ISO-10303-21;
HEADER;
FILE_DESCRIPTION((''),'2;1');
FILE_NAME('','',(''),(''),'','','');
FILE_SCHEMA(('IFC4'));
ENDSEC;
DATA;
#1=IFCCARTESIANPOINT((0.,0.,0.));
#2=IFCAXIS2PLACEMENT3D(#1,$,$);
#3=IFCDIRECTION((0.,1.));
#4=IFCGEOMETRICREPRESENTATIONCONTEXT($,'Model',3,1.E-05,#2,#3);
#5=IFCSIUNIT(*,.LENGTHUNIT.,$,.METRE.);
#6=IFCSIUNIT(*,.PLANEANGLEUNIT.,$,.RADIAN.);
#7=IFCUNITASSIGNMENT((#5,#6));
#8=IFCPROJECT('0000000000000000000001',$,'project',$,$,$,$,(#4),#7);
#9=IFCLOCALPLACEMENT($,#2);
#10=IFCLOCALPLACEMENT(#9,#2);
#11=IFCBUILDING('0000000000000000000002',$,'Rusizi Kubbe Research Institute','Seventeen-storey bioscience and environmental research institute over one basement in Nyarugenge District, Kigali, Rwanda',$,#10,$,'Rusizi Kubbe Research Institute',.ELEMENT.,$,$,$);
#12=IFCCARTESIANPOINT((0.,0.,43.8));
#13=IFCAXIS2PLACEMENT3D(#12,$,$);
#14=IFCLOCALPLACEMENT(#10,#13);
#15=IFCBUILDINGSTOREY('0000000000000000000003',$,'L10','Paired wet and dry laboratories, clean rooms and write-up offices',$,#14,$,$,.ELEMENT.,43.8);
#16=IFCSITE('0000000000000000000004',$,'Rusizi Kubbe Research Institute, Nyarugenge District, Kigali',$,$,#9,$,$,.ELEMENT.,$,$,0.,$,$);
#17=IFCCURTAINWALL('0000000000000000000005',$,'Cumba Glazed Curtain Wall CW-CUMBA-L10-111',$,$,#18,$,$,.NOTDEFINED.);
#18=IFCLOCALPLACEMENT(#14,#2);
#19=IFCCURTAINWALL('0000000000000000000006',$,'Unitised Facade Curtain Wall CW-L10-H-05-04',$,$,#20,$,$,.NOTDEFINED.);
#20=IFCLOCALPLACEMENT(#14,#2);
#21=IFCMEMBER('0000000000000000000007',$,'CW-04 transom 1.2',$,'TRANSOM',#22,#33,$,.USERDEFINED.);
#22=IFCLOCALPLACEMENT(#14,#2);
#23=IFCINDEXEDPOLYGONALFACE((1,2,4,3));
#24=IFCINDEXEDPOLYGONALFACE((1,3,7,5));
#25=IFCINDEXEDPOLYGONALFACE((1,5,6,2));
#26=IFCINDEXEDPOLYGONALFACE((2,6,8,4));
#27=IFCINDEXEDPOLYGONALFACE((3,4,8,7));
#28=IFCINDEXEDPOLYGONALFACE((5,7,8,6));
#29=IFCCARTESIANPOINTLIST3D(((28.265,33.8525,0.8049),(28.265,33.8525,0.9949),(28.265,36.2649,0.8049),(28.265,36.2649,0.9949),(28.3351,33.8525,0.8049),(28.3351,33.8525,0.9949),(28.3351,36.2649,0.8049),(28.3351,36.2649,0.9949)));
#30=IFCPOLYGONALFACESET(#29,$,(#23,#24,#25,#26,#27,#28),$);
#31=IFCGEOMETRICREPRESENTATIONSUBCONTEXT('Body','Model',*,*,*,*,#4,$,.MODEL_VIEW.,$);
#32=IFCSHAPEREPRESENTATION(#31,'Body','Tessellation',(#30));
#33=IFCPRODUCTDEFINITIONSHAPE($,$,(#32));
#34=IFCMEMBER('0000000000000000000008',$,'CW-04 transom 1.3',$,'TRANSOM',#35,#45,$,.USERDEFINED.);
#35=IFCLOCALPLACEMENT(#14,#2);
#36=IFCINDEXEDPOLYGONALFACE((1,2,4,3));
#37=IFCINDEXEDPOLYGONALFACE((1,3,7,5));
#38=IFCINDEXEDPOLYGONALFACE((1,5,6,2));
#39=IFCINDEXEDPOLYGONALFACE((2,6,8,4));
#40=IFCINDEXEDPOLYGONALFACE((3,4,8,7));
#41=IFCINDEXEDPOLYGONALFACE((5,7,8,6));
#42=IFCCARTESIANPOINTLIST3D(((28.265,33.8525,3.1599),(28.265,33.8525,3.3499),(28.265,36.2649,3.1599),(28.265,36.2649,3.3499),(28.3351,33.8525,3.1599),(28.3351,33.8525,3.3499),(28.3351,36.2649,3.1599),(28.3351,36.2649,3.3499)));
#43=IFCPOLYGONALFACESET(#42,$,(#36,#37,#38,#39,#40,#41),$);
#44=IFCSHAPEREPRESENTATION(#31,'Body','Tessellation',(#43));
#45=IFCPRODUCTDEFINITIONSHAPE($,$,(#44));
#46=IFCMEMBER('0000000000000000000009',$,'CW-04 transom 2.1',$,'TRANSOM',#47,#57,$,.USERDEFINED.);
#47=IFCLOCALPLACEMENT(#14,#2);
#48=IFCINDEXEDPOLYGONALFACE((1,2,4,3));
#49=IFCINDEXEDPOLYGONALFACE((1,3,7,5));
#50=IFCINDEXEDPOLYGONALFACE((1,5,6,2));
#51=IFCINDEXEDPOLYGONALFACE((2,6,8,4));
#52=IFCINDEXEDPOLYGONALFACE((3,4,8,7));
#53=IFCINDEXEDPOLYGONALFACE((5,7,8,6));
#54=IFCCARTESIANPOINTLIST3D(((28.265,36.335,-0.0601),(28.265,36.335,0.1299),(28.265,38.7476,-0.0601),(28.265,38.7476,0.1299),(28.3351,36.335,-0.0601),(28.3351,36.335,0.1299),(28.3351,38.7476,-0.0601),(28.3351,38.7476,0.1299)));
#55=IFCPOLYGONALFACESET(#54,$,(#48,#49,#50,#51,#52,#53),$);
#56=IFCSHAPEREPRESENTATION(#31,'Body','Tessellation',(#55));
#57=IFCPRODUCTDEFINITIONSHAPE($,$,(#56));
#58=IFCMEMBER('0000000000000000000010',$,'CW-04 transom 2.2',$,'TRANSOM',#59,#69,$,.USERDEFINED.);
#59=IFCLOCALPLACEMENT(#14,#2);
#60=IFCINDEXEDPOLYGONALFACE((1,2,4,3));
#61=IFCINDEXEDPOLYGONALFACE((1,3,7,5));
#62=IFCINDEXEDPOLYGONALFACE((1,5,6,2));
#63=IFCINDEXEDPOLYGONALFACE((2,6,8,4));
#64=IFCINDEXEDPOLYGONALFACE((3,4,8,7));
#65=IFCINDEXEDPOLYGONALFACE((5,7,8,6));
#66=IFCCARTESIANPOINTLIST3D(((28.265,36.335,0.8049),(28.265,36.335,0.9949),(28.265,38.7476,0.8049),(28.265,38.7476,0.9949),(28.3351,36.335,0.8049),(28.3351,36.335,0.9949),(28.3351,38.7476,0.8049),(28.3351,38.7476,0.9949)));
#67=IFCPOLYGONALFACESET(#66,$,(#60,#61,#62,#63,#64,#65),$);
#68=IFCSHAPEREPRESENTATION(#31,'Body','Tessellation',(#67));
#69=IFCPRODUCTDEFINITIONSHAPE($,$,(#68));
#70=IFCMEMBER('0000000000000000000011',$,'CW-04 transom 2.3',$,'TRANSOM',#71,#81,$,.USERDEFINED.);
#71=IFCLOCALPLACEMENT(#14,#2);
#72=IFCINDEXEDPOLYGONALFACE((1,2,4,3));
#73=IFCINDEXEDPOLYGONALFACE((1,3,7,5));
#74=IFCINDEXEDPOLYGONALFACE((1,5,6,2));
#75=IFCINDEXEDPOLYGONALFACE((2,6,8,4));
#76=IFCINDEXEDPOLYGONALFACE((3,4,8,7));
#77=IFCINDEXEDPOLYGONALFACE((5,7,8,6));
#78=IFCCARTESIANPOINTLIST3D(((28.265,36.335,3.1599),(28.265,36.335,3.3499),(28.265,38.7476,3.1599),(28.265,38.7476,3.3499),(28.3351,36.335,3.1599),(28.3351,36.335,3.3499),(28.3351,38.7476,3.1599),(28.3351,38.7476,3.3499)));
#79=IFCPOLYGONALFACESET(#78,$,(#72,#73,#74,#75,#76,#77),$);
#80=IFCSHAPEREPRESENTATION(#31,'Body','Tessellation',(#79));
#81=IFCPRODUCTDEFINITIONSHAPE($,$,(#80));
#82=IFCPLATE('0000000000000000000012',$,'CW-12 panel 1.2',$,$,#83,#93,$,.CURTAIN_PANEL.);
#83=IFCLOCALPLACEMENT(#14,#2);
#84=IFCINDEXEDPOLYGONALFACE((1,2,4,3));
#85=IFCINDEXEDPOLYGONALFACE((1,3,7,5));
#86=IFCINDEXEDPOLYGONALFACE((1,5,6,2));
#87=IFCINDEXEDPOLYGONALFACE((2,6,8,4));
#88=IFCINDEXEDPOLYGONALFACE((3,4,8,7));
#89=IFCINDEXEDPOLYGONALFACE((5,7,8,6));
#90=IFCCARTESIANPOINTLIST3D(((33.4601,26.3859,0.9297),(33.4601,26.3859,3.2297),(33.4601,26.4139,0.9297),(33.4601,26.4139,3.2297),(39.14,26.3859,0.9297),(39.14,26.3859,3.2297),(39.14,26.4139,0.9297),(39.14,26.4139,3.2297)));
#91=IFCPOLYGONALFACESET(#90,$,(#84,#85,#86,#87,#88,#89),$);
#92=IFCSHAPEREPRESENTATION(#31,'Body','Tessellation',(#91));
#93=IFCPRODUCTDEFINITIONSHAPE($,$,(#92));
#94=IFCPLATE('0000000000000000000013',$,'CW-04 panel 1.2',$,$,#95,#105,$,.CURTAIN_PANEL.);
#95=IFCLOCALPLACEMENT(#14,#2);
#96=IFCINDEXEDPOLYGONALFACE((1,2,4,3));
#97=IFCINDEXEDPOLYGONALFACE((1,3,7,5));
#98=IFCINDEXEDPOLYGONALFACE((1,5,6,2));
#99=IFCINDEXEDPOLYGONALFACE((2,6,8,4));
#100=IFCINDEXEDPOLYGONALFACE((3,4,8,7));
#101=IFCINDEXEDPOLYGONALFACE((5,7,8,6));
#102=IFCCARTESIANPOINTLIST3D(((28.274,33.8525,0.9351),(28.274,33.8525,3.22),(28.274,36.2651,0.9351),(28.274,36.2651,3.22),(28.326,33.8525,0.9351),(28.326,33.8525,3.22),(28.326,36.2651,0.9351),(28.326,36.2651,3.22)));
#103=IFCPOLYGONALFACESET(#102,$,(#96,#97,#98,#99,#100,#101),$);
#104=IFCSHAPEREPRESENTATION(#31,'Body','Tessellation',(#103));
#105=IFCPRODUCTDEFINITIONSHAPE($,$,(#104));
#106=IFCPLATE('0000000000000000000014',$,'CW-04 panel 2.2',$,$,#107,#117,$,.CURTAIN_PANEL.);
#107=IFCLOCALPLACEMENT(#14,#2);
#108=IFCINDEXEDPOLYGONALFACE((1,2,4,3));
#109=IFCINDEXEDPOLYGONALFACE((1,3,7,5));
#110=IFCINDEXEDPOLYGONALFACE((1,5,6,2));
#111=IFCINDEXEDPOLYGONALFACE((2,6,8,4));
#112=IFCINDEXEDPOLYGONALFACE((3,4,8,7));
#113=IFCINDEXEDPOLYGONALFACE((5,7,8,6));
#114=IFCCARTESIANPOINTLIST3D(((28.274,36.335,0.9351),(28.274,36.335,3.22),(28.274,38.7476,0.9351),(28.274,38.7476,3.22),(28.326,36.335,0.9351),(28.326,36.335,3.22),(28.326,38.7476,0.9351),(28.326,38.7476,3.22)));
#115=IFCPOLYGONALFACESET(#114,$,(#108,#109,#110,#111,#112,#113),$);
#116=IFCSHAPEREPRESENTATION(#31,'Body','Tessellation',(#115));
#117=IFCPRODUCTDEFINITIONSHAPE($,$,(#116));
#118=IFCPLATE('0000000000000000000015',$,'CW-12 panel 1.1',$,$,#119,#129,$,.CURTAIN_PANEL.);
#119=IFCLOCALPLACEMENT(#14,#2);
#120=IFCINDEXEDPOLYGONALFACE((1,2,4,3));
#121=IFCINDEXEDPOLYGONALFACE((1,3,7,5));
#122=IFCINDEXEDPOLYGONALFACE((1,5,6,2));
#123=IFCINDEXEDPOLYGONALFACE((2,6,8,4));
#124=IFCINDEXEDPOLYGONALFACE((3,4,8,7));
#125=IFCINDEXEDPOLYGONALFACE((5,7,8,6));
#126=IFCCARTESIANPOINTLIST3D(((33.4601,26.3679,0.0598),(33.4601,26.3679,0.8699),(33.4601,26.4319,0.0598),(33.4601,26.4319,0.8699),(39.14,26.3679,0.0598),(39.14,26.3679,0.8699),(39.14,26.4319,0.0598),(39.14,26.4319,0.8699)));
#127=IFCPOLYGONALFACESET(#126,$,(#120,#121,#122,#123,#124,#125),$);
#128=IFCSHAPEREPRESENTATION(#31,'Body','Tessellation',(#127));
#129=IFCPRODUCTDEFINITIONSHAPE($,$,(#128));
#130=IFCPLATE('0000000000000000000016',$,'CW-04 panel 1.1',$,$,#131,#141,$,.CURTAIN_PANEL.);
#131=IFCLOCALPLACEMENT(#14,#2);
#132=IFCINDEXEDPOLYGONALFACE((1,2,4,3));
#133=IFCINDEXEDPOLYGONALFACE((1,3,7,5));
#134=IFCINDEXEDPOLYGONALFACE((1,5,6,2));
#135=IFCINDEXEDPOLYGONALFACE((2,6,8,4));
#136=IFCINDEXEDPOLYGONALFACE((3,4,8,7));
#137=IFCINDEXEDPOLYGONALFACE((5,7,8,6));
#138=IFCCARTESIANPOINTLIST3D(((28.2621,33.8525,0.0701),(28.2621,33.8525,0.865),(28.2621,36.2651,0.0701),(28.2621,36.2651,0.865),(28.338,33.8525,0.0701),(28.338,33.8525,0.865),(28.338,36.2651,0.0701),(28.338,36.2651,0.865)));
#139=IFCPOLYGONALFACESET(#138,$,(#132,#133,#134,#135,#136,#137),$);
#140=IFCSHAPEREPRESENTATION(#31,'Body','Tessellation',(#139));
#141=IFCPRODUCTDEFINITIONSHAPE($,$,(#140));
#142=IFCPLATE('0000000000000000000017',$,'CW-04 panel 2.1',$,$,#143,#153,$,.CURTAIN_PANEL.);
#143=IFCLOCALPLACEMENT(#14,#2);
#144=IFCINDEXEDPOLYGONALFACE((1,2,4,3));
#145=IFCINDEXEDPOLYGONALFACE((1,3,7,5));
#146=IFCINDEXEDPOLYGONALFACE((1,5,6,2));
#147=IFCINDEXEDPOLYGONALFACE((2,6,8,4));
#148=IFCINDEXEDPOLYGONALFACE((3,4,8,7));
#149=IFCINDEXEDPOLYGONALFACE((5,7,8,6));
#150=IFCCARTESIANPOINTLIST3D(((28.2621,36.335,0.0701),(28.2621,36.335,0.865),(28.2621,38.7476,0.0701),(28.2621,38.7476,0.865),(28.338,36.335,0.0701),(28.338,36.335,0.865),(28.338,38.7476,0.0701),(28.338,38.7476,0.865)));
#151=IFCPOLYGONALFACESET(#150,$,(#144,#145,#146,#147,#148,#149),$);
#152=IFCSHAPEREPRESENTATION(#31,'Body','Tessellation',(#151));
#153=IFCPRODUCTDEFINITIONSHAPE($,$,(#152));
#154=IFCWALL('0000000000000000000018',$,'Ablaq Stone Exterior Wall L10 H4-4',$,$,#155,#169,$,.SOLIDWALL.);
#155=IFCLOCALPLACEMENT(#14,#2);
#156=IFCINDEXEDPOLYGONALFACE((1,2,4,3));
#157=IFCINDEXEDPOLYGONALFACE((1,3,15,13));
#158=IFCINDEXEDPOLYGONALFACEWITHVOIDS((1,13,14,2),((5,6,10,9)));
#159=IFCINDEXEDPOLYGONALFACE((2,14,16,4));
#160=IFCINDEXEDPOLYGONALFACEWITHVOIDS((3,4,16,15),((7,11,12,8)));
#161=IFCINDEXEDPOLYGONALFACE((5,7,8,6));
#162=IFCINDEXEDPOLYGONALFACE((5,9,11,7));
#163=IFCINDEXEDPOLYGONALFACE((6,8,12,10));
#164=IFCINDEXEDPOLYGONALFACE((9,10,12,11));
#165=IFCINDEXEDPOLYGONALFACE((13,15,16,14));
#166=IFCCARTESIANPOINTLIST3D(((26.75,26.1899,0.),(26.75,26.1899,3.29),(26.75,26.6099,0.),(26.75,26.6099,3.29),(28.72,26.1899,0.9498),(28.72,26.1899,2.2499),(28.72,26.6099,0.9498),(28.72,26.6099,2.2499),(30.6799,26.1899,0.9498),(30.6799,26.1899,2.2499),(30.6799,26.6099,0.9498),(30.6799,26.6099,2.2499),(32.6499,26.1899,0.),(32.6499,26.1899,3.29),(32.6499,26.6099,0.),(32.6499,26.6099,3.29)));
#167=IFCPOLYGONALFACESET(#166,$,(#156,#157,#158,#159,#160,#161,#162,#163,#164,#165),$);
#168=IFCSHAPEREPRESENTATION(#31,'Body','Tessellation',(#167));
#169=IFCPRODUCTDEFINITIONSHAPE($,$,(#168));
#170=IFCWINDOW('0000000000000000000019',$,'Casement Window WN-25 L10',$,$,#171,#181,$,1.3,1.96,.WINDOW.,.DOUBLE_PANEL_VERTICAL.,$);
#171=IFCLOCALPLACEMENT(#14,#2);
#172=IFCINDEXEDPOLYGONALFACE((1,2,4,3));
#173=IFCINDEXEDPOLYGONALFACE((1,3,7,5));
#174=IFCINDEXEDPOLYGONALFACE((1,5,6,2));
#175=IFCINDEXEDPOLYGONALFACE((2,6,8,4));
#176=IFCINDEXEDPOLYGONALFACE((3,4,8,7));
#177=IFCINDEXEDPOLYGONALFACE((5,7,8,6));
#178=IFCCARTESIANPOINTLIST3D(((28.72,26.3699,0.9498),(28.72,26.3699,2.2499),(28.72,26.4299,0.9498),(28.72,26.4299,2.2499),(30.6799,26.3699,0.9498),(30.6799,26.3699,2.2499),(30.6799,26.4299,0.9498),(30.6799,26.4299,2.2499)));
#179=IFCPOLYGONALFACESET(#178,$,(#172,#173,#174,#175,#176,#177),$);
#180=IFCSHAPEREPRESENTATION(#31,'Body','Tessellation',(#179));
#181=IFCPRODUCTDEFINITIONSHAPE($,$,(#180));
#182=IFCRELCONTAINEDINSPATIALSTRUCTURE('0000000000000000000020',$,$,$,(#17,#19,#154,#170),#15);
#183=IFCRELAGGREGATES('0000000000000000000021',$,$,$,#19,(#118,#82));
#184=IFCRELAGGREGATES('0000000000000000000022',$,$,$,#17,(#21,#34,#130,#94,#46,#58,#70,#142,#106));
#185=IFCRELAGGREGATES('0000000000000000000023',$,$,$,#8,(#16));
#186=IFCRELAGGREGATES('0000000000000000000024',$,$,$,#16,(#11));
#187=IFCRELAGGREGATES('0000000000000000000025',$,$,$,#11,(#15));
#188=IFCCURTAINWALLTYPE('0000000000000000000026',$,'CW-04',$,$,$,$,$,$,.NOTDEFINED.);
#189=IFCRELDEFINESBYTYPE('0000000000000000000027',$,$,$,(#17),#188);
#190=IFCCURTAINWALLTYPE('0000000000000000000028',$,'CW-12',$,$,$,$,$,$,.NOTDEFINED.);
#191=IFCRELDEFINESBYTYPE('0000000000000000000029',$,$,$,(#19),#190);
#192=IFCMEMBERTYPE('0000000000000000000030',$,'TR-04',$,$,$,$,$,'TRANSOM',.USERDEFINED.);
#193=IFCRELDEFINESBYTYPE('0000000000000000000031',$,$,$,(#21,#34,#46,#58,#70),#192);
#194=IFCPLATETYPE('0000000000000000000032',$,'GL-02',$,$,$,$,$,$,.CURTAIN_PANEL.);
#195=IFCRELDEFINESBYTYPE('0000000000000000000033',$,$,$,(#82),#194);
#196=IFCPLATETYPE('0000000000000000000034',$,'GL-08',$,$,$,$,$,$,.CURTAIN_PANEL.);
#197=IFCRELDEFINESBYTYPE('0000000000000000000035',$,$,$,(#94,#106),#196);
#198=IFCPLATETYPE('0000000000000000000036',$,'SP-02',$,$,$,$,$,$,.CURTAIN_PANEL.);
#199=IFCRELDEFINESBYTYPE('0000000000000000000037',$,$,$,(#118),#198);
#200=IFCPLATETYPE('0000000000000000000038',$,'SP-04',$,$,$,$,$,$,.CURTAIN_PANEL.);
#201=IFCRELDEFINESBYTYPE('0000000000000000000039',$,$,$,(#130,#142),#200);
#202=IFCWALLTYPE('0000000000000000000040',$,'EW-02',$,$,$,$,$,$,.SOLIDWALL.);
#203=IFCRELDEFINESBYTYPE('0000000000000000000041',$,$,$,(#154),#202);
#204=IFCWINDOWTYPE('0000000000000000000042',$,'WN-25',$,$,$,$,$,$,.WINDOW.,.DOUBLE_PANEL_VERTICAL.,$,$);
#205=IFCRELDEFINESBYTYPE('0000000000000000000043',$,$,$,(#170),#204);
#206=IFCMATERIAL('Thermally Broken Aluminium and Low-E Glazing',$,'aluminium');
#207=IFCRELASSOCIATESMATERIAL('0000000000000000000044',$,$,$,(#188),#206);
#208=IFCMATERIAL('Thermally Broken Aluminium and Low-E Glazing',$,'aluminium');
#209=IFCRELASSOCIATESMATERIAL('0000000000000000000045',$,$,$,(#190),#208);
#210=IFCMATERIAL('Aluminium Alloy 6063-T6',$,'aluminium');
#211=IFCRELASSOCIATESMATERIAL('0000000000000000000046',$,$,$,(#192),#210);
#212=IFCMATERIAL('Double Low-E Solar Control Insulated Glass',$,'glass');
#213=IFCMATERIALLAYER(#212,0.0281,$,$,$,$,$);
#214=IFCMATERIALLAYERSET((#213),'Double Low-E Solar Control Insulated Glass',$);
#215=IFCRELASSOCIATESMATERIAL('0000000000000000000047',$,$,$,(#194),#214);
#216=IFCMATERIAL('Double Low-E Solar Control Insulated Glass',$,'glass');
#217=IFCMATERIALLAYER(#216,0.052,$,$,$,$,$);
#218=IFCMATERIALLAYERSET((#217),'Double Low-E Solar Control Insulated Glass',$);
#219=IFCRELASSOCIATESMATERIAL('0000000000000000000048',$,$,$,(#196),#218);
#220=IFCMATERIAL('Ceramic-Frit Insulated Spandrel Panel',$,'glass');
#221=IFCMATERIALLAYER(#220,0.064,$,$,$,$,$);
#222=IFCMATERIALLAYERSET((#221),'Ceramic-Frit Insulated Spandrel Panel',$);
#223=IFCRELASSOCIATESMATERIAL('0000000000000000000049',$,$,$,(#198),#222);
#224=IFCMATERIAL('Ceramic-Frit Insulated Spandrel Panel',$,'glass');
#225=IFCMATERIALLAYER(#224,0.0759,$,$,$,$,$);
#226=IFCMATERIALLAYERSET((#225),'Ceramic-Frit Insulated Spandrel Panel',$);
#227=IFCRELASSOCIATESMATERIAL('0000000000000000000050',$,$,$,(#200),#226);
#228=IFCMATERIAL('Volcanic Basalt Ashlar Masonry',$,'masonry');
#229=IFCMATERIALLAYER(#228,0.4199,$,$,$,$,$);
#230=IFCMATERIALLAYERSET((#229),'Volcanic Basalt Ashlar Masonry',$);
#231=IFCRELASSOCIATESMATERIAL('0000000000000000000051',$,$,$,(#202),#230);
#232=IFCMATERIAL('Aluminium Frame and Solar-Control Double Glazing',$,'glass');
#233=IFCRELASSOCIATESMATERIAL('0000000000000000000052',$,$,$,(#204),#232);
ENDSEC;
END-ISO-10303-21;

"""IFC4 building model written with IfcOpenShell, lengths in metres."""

from ifc_helpers import new_model, si_unit, direction, frame, frame_2d, origin, origin_2d, place, context, subcontext, project, spatial, rectangle, extrude, material, layer, layer_set, material_profile, profile_set, type_object, element, fill, aggregate, save


model = new_model("IFC4")

# Units and contexts
model_context = context("Model", 3, precision=1e-05, world=origin(), true_north=direction((0.0, 1.0)))
body_context = subcontext(model_context, "Body", "Model", "MODEL_VIEW")
ifc_project = project(units=[si_unit("LENGTHUNIT", "METRE"), si_unit("PLANEANGLEUNIT", "RADIAN")], contexts=[model_context])

# Site, building, storey
site_placement = place(None, origin())
site = spatial("IfcSite", under=ifc_project, at=site_placement, Name="Rusizi Kubbe Research Institute, Nyarugenge District, Kigali", CompositionType="ELEMENT", RefElevation=0.0)
building_placement = place(site_placement, origin())
building = spatial("IfcBuilding", under=site, at=building_placement, Name="Rusizi Kubbe Research Institute", Description="Seventeen-storey bioscience and environmental research institute over one basement in Nyarugenge District, Kigali, Rwanda", LongName="Rusizi Kubbe Research Institute", CompositionType="ELEMENT")
storey_placement = place(building_placement, frame((0.0, 0.0, 43.8)))
storey = spatial("IfcBuildingStorey", under=building, at=storey_placement, Name="L10", Description="Paired wet and dry laboratories, clean rooms and write-up offices", CompositionType="ELEMENT", Elevation=43.8)

# Curtain walls
ifc_material_1 = material(Name="Thermally Broken Aluminium and Low-E Glazing", Category="aluminium")
curtain_wall_type_1 = type_object("IfcCurtainWallType", Name="CW-04", PredefinedType="NOTDEFINED", material=ifc_material_1)
curtain_wall_1_placement = place(storey_placement, origin())
curtain_wall_1 = element("IfcCurtainWall", 1, at=curtain_wall_1_placement, inside=storey, type_object=curtain_wall_type_1, Name="Cumba Glazed Curtain Wall CW-CUMBA-L10-111", PredefinedType="NOTDEFINED")
ifc_material_2 = material(Name="Thermally Broken Aluminium and Low-E Glazing", Category="aluminium")
curtain_wall_type_2 = type_object("IfcCurtainWallType", Name="CW-12", PredefinedType="NOTDEFINED", material=ifc_material_2)
curtain_wall_2_placement = place(storey_placement, origin())
curtain_wall_2 = element("IfcCurtainWall", 2, at=curtain_wall_2_placement, inside=storey, type_object=curtain_wall_type_2, Name="Unitised Facade Curtain Wall CW-L10-H-05-04", PredefinedType="NOTDEFINED")

# Members
ifc_material_3 = material(Name="Aluminium Alloy 6063-T6", Category="aluminium")
ifc_material_profile_1 = material_profile(ifc_material_3, rectangle(XDim=0.0701, YDim=0.1899, at=origin_2d()), Name="ALU-T 70x190")
ifc_profile_set_1 = profile_set([ifc_material_profile_1], Name="Aluminium Alloy 6063-T6")
member_type_1 = type_object("IfcMemberType", Name="TR-04", ElementType="TRANSOM", PredefinedType="USERDEFINED", material=ifc_profile_set_1)
member_1_placement = place(storey_placement, frame((28.3, 33.8525, 0.8999), z_axis=(0.0, 1.0, 0.0), x_axis=(-1.0, 0.0, 0.0)))
member_1 = element("IfcMember", 3, at=member_1_placement, type_object=member_type_1, Name="CW-04 transom 1.2", ObjectType="TRANSOM", PredefinedType="USERDEFINED", context=body_context, shape_type="SweptSolid", body=[
    extrude(rectangle(XDim=0.0701, YDim=0.1899, at=origin_2d()), origin(), (0.0, 0.0, 1.0), 2.4124),
])
member_2_placement = place(storey_placement, frame((28.3, 33.8525, 3.2549), z_axis=(0.0, 1.0, 0.0), x_axis=(-1.0, 0.0, 0.0)))
member_2 = element("IfcMember", 4, at=member_2_placement, type_object=member_type_1, Name="CW-04 transom 1.3", ObjectType="TRANSOM", PredefinedType="USERDEFINED", context=body_context, shape_type="SweptSolid", body=[
    extrude(rectangle(XDim=0.0701, YDim=0.1899, at=origin_2d()), origin(), (0.0, 0.0, 1.0), 2.4124),
])
member_3_placement = place(storey_placement, frame((28.3, 36.335, 0.0349), z_axis=(0.0, 1.0, 0.0), x_axis=(-1.0, 0.0, 0.0)))
member_3 = element("IfcMember", 5, at=member_3_placement, type_object=member_type_1, Name="CW-04 transom 2.1", ObjectType="TRANSOM", PredefinedType="USERDEFINED", context=body_context, shape_type="SweptSolid", body=[
    extrude(rectangle(XDim=0.0701, YDim=0.1899, at=origin_2d()), origin(), (0.0, 0.0, 1.0), 2.4126),
])
member_4_placement = place(storey_placement, frame((28.3, 36.335, 0.8999), z_axis=(0.0, 1.0, 0.0), x_axis=(-1.0, 0.0, 0.0)))
member_4 = element("IfcMember", 6, at=member_4_placement, type_object=member_type_1, Name="CW-04 transom 2.2", ObjectType="TRANSOM", PredefinedType="USERDEFINED", context=body_context, shape_type="SweptSolid", body=[
    extrude(rectangle(XDim=0.0701, YDim=0.1899, at=origin_2d()), origin(), (0.0, 0.0, 1.0), 2.4126),
])
member_5_placement = place(storey_placement, frame((28.3, 36.335, 3.2549), z_axis=(0.0, 1.0, 0.0), x_axis=(-1.0, 0.0, 0.0)))
member_5 = element("IfcMember", 7, at=member_5_placement, type_object=member_type_1, Name="CW-04 transom 2.3", ObjectType="TRANSOM", PredefinedType="USERDEFINED", context=body_context, shape_type="SweptSolid", body=[
    extrude(rectangle(XDim=0.0701, YDim=0.1899, at=origin_2d()), origin(), (0.0, 0.0, 1.0), 2.4126),
])

# Plates
ifc_material_4 = material(Name="Double Low-E Solar Control Insulated Glass", Category="glass")
ifc_layer_1 = layer(ifc_material_4, 0.0281)
ifc_layer_set_1 = layer_set([ifc_layer_1], Name="Double Low-E Solar Control Insulated Glass")
plate_type_1 = type_object("IfcPlateType", Name="GL-02", PredefinedType="CURTAIN_PANEL", material=ifc_layer_set_1)
plate_1_placement = place(storey_placement, frame((36.3, 26.3999, 0.9297), z_axis=(0.0, 0.0, 1.0), x_axis=(1.0, 0.0, 0.0)))
plate_1 = element("IfcPlate", 8, at=plate_1_placement, type_object=plate_type_1, Name="CW-12 panel 1.2", PredefinedType="CURTAIN_PANEL", context=body_context, shape_type="SweptSolid", body=[
    extrude(rectangle(XDim=5.6799, YDim=0.0281, at=origin_2d()), origin(), (0.0, 0.0, 1.0), 2.3),
])
ifc_material_5 = material(Name="Double Low-E Solar Control Insulated Glass", Category="glass")
ifc_layer_2 = layer(ifc_material_5, 0.052)
ifc_layer_set_2 = layer_set([ifc_layer_2], Name="Double Low-E Solar Control Insulated Glass")
plate_type_2 = type_object("IfcPlateType", Name="GL-08", PredefinedType="CURTAIN_PANEL", material=ifc_layer_set_2)
plate_2_placement = place(storey_placement, frame((28.3, 35.0588, 0.9351), z_axis=(0.0, 0.0, 1.0), x_axis=(0.0, 1.0, 0.0)))
plate_2 = element("IfcPlate", 9, at=plate_2_placement, type_object=plate_type_2, Name="CW-04 panel 1.2", PredefinedType="CURTAIN_PANEL", context=body_context, shape_type="SweptSolid", body=[
    extrude(rectangle(XDim=2.4126, YDim=0.052, at=origin_2d()), origin(), (0.0, 0.0, 1.0), 2.2849),
])
plate_3_placement = place(storey_placement, frame((28.3, 37.5413, 0.9351), z_axis=(0.0, 0.0, 1.0), x_axis=(0.0, 1.0, 0.0)))
plate_3 = element("IfcPlate", 10, at=plate_3_placement, type_object=plate_type_2, Name="CW-04 panel 2.2", PredefinedType="CURTAIN_PANEL", context=body_context, shape_type="SweptSolid", body=[
    extrude(rectangle(XDim=2.4126, YDim=0.052, at=origin_2d()), origin(), (0.0, 0.0, 1.0), 2.2849),
])
ifc_material_6 = material(Name="Ceramic-Frit Insulated Spandrel Panel", Category="glass")
ifc_layer_3 = layer(ifc_material_6, 0.064)
ifc_layer_set_3 = layer_set([ifc_layer_3], Name="Ceramic-Frit Insulated Spandrel Panel")
plate_type_3 = type_object("IfcPlateType", Name="SP-02", PredefinedType="CURTAIN_PANEL", material=ifc_layer_set_3)
plate_4_placement = place(storey_placement, frame((36.3, 26.3999, 0.0598), z_axis=(0.0, 0.0, 1.0), x_axis=(1.0, 0.0, 0.0)))
plate_4 = element("IfcPlate", 11, at=plate_4_placement, type_object=plate_type_3, Name="CW-12 panel 1.1", PredefinedType="CURTAIN_PANEL", context=body_context, shape_type="SweptSolid", body=[
    extrude(rectangle(XDim=5.6799, YDim=0.064, at=origin_2d()), origin(), (0.0, 0.0, 1.0), 0.8101),
])
aggregate(curtain_wall_2, [plate_4, plate_1])
ifc_material_7 = material(Name="Ceramic-Frit Insulated Spandrel Panel", Category="glass")
ifc_layer_4 = layer(ifc_material_7, 0.0759)
ifc_layer_set_4 = layer_set([ifc_layer_4], Name="Ceramic-Frit Insulated Spandrel Panel")
plate_type_4 = type_object("IfcPlateType", Name="SP-04", PredefinedType="CURTAIN_PANEL", material=ifc_layer_set_4)
plate_5_placement = place(storey_placement, frame((28.3, 35.0588, 0.0701), z_axis=(0.0, 0.0, 1.0), x_axis=(0.0, 1.0, 0.0)))
plate_5 = element("IfcPlate", 12, at=plate_5_placement, type_object=plate_type_4, Name="CW-04 panel 1.1", PredefinedType="CURTAIN_PANEL", context=body_context, shape_type="SweptSolid", body=[
    extrude(rectangle(XDim=2.4126, YDim=0.0759, at=origin_2d()), origin(), (0.0, 0.0, 1.0), 0.7949),
])
plate_6_placement = place(storey_placement, frame((28.3, 37.5413, 0.0701), z_axis=(0.0, 0.0, 1.0), x_axis=(0.0, 1.0, 0.0)))
plate_6 = element("IfcPlate", 13, at=plate_6_placement, type_object=plate_type_4, Name="CW-04 panel 2.1", PredefinedType="CURTAIN_PANEL", context=body_context, shape_type="SweptSolid", body=[
    extrude(rectangle(XDim=2.4126, YDim=0.0759, at=origin_2d()), origin(), (0.0, 0.0, 1.0), 0.7949),
])
aggregate(curtain_wall_1, [member_1, member_2, plate_5, plate_2, member_3, member_4, member_5, plate_6, plate_3])

# Wall, opening, window
ifc_material_8 = material(Name="Volcanic Basalt Ashlar Masonry", Category="masonry")
ifc_layer_5 = layer(ifc_material_8, 0.4199)
ifc_layer_set_5 = layer_set([ifc_layer_5], Name="Volcanic Basalt Ashlar Masonry")
wall_type = type_object("IfcWallType", Name="EW-02", PredefinedType="SOLIDWALL", material=ifc_layer_set_5)
wall_placement = place(storey_placement, frame((26.75, 26.3999, 0.0), z_axis=(0.0, 0.0, 1.0), x_axis=(1.0, 0.0, 0.0)))
wall = element("IfcWall", 14, at=wall_placement, inside=storey, type_object=wall_type, Name="Ablaq Stone Exterior Wall L10 H4-4", PredefinedType="SOLIDWALL", context=body_context, shape_type="SweptSolid", body=[
    extrude(rectangle(XDim=5.8999, YDim=0.4199, at=frame_2d((2.95, 0.0))), origin(), (0.0, 0.0, 1.0), 3.29),
])
opening_placement = place(wall_placement, frame((1.97, 0.0, 0.95)))
opening = element("IfcOpeningElement", 15, at=opening_placement, cuts=wall, PredefinedType="OPENING", context=body_context, shape_type="SweptSolid", body=[
    extrude(rectangle(XDim=1.96, YDim=1.3, at=frame_2d((0.98, 0.6499))), frame((0.0, 0.22, 0.0), z_axis=(0.0, -1.0, 0.0), x_axis=(1.0, 0.0, 0.0)), (0.0, 0.0, 1.0), 0.4399),
])
ifc_material_9 = material(Name="Aluminium Frame and Solar-Control Double Glazing", Category="glass")
window_type = type_object("IfcWindowType", Name="WN-25", PartitioningType="DOUBLE_PANEL_VERTICAL", PredefinedType="WINDOW", material=ifc_material_9)
window_placement = place(opening_placement, origin())
window = element("IfcWindow", 16, at=window_placement, inside=storey, type_object=window_type, Name="Casement Window WN-25 L10", OverallHeight=1.3, OverallWidth=1.96, PartitioningType="DOUBLE_PANEL_VERTICAL", PredefinedType="WINDOW", context=body_context, shape_type="SweptSolid", body=[
    extrude(rectangle(XDim=1.96, YDim=1.3, at=frame_2d((0.98, 0.6499))), frame((0.0, 0.03, 0.0), z_axis=(0.0, -1.0, 0.0), x_axis=(1.0, 0.0, 0.0)), (0.0, 0.0, 1.0), 0.0601),
])
fill(opening, window)

save(model, "model.ifc")
